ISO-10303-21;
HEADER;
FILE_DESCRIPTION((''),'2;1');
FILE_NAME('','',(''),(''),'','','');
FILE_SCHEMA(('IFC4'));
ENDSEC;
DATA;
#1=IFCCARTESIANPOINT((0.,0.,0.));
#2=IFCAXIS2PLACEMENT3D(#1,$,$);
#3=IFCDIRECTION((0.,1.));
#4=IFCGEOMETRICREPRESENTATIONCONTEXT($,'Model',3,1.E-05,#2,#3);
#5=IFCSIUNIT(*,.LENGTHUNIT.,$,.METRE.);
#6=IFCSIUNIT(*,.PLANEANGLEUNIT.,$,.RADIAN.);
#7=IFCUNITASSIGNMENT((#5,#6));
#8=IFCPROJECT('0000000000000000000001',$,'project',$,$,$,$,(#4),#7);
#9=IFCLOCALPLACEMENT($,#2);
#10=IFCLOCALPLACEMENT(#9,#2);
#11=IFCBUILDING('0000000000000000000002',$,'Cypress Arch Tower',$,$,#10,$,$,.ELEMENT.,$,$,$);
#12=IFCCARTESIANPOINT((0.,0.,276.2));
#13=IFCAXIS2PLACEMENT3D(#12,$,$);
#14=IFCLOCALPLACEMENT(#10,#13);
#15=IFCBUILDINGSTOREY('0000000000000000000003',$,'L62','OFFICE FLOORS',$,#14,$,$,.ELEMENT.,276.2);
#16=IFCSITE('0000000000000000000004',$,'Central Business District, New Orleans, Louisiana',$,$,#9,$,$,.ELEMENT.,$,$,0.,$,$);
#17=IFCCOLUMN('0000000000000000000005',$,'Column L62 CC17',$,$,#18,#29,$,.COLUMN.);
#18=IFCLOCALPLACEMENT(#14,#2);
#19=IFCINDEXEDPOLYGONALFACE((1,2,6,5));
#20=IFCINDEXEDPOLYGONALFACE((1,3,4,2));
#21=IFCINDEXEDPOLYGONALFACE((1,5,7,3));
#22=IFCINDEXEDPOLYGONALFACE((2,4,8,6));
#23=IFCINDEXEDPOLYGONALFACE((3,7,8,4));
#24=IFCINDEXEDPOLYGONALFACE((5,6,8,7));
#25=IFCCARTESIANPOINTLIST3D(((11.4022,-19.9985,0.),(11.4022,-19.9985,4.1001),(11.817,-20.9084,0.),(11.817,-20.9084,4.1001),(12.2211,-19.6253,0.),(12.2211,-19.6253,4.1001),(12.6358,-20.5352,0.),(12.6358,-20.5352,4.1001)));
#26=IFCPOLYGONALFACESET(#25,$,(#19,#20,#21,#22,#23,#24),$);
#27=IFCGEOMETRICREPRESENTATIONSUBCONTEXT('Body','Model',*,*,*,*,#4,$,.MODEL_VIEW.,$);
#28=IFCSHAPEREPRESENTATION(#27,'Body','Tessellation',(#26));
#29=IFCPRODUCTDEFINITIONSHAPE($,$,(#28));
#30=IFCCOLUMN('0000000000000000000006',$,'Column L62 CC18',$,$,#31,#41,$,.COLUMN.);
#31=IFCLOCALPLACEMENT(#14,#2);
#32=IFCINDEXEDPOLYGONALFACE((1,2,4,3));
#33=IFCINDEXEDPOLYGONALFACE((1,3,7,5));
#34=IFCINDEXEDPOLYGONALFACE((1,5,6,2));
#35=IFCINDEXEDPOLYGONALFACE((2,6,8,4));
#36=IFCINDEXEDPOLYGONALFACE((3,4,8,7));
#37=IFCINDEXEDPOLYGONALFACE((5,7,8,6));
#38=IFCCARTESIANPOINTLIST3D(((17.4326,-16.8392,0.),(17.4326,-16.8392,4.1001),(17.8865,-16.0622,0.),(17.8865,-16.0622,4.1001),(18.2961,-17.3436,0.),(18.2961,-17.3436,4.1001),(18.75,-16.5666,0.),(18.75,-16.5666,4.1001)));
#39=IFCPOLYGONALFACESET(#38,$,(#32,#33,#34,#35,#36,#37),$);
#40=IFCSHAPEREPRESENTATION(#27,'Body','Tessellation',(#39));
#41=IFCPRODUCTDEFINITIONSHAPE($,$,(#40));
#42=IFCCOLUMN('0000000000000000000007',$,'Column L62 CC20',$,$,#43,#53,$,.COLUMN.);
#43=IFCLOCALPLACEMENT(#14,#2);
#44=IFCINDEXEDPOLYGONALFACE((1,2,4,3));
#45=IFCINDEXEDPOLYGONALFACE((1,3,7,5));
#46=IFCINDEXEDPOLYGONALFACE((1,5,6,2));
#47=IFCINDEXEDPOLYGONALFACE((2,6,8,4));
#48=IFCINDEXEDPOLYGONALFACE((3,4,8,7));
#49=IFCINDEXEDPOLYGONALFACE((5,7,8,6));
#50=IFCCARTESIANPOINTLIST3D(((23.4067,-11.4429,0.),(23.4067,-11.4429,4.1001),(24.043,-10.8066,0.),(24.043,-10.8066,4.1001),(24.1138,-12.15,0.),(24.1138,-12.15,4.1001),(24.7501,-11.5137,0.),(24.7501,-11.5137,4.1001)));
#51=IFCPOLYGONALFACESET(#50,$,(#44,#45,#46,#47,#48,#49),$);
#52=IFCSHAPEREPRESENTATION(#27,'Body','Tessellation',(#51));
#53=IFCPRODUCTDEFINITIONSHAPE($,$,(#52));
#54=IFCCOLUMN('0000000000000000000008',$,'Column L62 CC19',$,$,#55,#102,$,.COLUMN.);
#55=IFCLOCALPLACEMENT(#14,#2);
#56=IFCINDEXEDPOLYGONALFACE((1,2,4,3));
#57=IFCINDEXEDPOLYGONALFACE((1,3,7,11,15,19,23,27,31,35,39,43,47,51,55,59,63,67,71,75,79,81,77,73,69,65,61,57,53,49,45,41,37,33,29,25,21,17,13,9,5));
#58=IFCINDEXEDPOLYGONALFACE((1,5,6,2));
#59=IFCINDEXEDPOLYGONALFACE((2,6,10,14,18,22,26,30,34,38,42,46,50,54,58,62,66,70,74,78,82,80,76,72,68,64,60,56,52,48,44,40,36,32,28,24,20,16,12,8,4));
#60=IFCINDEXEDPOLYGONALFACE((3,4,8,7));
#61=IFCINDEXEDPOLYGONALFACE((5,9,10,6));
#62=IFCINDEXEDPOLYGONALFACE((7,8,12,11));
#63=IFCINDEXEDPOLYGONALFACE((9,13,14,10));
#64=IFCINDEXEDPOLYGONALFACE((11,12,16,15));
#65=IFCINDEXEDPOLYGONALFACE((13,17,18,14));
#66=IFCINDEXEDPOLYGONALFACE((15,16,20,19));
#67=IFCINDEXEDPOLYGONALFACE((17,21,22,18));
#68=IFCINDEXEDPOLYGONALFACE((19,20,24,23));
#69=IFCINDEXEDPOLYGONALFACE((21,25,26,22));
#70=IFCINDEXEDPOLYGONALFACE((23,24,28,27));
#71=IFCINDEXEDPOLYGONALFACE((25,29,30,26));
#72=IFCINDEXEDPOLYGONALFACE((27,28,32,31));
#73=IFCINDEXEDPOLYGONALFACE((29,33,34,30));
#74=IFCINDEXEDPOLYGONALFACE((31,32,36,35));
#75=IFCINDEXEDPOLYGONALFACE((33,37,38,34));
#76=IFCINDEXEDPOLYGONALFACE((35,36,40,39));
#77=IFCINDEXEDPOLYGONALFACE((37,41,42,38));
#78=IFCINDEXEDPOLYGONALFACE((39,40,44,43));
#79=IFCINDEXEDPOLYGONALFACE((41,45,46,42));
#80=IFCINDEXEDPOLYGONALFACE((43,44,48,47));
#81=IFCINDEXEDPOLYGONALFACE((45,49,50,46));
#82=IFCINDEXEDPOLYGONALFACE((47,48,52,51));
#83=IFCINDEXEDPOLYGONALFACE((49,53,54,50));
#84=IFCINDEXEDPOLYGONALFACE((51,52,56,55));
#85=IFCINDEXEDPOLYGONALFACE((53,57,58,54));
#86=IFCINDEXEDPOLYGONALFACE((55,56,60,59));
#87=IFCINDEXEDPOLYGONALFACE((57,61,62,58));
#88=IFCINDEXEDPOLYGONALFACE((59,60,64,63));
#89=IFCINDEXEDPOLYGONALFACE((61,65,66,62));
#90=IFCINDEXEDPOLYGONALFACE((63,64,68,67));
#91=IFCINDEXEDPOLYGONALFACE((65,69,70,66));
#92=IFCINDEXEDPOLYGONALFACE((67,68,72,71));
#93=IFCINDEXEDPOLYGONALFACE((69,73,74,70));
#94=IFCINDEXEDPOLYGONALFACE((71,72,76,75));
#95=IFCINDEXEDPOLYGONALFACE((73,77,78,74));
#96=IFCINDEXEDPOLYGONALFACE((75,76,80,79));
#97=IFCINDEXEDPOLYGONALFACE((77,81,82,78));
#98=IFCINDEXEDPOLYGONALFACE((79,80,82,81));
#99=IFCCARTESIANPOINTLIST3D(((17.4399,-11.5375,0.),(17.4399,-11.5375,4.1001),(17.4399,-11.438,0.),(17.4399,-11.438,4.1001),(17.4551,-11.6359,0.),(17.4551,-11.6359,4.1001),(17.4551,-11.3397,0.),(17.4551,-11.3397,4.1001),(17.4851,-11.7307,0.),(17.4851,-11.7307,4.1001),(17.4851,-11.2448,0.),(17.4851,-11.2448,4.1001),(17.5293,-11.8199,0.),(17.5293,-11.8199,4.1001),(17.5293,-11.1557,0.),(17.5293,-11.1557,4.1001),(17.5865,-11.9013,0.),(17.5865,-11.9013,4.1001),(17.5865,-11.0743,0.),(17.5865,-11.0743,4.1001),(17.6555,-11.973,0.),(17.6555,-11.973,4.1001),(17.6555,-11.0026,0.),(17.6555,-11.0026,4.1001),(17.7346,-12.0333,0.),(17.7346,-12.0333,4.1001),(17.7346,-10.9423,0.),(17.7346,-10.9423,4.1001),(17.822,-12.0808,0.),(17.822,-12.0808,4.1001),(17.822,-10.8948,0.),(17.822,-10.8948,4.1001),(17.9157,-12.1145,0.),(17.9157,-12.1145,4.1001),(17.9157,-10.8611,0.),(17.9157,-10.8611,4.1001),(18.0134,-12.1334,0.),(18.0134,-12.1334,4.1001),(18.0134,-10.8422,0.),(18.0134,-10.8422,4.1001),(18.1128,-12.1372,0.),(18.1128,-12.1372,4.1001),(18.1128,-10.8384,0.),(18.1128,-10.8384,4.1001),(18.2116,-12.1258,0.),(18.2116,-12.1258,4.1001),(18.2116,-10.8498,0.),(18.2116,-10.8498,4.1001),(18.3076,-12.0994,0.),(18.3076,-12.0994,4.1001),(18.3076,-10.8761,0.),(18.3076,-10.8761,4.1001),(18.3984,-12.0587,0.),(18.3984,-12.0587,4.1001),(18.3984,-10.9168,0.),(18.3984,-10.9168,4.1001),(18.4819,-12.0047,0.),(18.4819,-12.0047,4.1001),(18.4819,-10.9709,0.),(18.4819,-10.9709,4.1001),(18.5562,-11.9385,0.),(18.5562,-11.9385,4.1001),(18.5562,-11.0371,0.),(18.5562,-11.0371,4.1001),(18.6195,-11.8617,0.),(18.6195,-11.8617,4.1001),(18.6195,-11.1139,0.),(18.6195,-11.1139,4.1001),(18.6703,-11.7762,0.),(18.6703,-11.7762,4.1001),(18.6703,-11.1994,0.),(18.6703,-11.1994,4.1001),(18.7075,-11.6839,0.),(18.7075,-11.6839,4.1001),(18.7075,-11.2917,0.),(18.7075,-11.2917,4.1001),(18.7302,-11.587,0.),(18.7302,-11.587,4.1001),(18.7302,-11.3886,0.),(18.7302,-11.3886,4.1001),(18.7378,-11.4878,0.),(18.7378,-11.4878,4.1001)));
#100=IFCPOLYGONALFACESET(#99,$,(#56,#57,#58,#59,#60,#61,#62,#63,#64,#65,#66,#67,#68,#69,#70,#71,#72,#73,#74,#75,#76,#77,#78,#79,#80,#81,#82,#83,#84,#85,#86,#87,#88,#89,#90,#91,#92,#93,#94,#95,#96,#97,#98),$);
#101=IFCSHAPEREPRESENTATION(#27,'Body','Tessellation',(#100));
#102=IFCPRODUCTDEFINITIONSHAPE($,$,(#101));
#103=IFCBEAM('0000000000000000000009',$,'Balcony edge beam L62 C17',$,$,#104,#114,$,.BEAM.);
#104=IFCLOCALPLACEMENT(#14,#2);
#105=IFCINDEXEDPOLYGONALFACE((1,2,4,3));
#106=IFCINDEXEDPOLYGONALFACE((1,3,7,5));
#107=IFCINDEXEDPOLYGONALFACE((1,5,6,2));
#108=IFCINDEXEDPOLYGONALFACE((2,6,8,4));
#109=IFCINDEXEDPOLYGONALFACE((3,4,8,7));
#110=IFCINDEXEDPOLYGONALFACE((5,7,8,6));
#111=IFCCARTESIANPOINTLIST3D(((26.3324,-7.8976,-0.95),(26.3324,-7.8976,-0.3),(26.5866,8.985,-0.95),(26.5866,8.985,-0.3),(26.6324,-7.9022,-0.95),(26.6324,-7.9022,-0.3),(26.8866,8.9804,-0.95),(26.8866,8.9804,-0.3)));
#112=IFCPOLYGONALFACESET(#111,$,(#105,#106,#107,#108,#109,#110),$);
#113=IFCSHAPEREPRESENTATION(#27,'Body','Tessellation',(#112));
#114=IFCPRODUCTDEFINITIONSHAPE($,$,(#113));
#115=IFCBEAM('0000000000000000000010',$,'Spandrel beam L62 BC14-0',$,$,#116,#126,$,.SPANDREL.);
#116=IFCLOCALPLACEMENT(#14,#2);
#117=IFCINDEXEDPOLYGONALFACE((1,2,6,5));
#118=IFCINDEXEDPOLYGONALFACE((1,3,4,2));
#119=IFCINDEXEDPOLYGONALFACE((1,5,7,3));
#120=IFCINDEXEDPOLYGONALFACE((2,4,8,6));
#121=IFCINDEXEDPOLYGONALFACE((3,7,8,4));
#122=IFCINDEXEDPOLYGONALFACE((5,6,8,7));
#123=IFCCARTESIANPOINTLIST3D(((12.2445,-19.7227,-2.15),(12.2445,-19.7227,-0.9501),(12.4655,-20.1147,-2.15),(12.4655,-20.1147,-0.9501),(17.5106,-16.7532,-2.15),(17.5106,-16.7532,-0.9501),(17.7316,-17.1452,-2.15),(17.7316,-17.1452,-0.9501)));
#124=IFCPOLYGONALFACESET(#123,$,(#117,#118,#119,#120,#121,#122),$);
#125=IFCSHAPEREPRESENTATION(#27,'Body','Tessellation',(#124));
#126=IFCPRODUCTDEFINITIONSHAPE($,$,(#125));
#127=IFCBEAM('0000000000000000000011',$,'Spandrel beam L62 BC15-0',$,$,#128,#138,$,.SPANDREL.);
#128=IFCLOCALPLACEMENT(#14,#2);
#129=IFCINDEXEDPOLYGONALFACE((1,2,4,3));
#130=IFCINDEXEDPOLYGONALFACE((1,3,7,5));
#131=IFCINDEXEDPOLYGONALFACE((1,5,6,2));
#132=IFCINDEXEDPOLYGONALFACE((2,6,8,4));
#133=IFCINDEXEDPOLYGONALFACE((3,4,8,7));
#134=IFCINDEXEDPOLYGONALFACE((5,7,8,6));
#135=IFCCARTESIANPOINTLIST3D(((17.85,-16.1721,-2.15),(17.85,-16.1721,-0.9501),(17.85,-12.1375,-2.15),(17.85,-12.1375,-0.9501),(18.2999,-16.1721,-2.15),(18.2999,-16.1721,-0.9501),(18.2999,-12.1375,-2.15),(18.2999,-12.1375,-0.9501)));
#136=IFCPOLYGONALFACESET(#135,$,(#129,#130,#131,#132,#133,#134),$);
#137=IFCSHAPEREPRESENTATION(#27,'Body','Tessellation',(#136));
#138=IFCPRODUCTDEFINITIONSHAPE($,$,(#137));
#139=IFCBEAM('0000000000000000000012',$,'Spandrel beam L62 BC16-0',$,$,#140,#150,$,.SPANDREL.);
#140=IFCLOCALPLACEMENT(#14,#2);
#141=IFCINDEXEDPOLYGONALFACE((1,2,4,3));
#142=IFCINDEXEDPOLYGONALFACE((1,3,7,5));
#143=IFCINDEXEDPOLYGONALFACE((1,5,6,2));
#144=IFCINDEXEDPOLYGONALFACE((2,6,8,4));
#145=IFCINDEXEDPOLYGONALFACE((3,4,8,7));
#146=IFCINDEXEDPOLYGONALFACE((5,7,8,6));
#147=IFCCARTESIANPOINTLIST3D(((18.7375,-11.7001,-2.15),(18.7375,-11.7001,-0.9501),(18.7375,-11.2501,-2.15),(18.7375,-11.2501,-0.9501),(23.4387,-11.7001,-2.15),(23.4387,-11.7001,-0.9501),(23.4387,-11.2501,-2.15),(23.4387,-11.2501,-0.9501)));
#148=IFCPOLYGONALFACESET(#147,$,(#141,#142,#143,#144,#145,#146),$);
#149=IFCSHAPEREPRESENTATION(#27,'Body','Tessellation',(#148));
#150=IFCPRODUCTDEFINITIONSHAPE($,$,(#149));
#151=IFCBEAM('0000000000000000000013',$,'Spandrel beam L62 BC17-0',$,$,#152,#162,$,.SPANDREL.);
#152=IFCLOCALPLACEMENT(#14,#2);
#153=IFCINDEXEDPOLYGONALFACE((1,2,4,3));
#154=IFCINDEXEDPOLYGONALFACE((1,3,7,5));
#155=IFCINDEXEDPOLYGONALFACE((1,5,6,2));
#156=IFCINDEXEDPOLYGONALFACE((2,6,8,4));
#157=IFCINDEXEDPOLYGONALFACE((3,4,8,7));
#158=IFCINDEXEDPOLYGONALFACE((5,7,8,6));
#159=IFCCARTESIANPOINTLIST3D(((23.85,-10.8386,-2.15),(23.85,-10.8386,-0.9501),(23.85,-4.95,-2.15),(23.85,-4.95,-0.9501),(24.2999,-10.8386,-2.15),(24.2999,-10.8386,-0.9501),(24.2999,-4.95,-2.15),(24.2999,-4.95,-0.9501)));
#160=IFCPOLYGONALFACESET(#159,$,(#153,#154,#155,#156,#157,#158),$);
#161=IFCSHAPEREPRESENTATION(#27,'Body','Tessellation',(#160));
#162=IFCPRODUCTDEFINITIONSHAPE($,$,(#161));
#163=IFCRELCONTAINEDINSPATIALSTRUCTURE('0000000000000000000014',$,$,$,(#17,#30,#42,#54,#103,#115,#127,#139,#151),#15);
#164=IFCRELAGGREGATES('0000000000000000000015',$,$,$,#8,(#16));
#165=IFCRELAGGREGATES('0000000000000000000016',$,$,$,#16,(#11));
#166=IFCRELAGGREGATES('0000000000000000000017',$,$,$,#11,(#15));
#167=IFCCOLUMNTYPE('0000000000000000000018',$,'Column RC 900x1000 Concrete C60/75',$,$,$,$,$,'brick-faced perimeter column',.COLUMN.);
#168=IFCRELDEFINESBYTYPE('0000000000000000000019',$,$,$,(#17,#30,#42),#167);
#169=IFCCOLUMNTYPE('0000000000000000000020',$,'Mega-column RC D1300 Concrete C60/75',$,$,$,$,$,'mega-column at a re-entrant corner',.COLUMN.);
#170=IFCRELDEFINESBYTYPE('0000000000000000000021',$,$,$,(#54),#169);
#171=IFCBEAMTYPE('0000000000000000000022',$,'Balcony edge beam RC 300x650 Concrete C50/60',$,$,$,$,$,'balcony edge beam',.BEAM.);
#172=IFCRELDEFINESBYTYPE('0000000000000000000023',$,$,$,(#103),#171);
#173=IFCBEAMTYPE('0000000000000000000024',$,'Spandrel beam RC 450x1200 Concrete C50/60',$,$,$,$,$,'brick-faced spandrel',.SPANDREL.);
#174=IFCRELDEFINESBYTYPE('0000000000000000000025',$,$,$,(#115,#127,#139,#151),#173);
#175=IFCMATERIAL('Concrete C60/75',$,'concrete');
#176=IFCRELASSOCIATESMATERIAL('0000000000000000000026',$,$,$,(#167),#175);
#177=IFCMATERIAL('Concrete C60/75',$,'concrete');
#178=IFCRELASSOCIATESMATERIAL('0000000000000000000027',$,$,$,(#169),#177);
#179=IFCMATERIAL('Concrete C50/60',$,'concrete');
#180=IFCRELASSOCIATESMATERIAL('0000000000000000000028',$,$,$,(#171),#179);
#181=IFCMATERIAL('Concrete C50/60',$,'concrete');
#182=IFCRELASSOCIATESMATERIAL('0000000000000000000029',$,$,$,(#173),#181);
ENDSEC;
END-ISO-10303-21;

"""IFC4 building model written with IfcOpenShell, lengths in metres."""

from ifc_helpers import new_model, si_unit, direction, frame, origin, origin_2d, place, context, subcontext, project, spatial, rectangle, circle, extrude, material, material_profile, profile_set, type_object, element, save


model = new_model("IFC4")

# Units and contexts
model_context = context("Model", 3, precision=1e-05, world=origin(), true_north=direction((0.0, 1.0)))
body_context = subcontext(model_context, "Body", "Model", "MODEL_VIEW")
ifc_project = project(units=[si_unit("LENGTHUNIT", "METRE"), si_unit("PLANEANGLEUNIT", "RADIAN")], contexts=[model_context])

# Site, building, storey
site_placement = place(None, origin())
site = spatial("IfcSite", under=ifc_project, at=site_placement, Name="Central Business District, New Orleans, Louisiana", CompositionType="ELEMENT", RefElevation=0.0)
building_placement = place(site_placement, origin())
building = spatial("IfcBuilding", under=site, at=building_placement, Name="Cypress Arch Tower", CompositionType="ELEMENT")
storey_placement = place(building_placement, frame((0.0, 0.0, 276.2)))
storey = spatial("IfcBuildingStorey", under=building, at=storey_placement, Name="L62", Description="OFFICE FLOORS", CompositionType="ELEMENT", Elevation=276.2)

# Columns
ifc_material_1 = material(Name="Concrete C60/75", Category="concrete")
ifc_material_profile_1 = material_profile(ifc_material_1, rectangle(XDim=0.8999, YDim=1.0, at=origin_2d()), Name="RC 900x1000")
ifc_profile_set_1 = profile_set([ifc_material_profile_1], Name="Concrete C60/75")
column_type_1 = type_object("IfcColumnType", Name="Column RC 900x1000 Concrete C60/75", ElementType="brick-faced perimeter column", PredefinedType="COLUMN", material=ifc_profile_set_1)
for number, where, z_axis, x_axis, name in (
    (1, (12.019, -20.2668, 0.0), (0.0, 0.0, 1.0), (0.909932, 0.414757, 0.0), "Column L62 CC17"),
    (2, (18.0913, -16.7029, 0.0), (0.0, 0.0, 1.0), (0.504399, 0.863471, 0.0), "Column L62 CC18"),
    (3, (24.0784, -11.4783, 0.0), (0.0, 0.0, 1.0), (0.707107, 0.707107, 0.0), "Column L62 CC20"),
):
    element("IfcColumn", number, at=place(storey_placement, frame(where, z_axis=z_axis, x_axis=x_axis)), inside=storey, type_object=column_type_1, Name=name, PredefinedType="COLUMN", context=body_context, shape_type="SweptSolid", body=[
        extrude(rectangle(XDim=0.8999, YDim=1.0, at=origin_2d()), origin(), (0.0, 0.0, 1.0), 4.1001),
    ])
ifc_material_2 = material(Name="Concrete C60/75", Category="concrete")
ifc_material_profile_2 = material_profile(ifc_material_2, circle(Radius=0.6499, at=origin_2d()), Name="RC D1300")
ifc_profile_set_2 = profile_set([ifc_material_profile_2], Name="Concrete C60/75")
column_type_2 = type_object("IfcColumnType", Name="Mega-column RC D1300 Concrete C60/75", ElementType="mega-column at a re-entrant corner", PredefinedType="COLUMN", material=ifc_profile_set_2)
column_placement = place(storey_placement, frame((18.0879, -11.4878, 0.0), z_axis=(0.0, 0.0, 1.0), x_axis=(1.0, 0.0, 0.0)))
element("IfcColumn", 4, at=column_placement, inside=storey, type_object=column_type_2, Name="Column L62 CC19", PredefinedType="COLUMN", context=body_context, shape_type="SweptSolid", body=[
    extrude(circle(Radius=0.6499, at=origin_2d()), origin(), (0.0, 0.0, 1.0), 4.1001),
])

# Beams
ifc_material_3 = material(Name="Concrete C50/60", Category="concrete")
ifc_material_profile_3 = material_profile(ifc_material_3, rectangle(XDim=0.3, YDim=0.6499, at=origin_2d()), Name="RC 300x650")
ifc_profile_set_3 = profile_set([ifc_material_profile_3], Name="Concrete C50/60")
beam_type_1 = type_object("IfcBeamType", Name="Balcony edge beam RC 300x650 Concrete C50/60", ElementType="balcony edge beam", PredefinedType="BEAM", material=ifc_profile_set_3)
beam_1_placement = place(storey_placement, frame((26.4824, -7.8999, -0.625), z_axis=(0.015052, 0.999887, 0.0), x_axis=(-0.999887, 0.015052, 0.0)))
element("IfcBeam", 5, at=beam_1_placement, inside=storey, type_object=beam_type_1, Name="Balcony edge beam L62 C17", PredefinedType="BEAM", context=body_context, shape_type="SweptSolid", body=[
    extrude(rectangle(XDim=0.3, YDim=0.6499, at=origin_2d()), origin(), (0.0, 0.0, 1.0), 16.8845),
])
ifc_material_4 = material(Name="Concrete C50/60", Category="concrete")
ifc_material_profile_4 = material_profile(ifc_material_4, rectangle(XDim=0.45, YDim=1.2, at=origin_2d()), Name="RC 450x1200")
ifc_profile_set_4 = profile_set([ifc_material_profile_4], Name="Concrete C50/60")
beam_type_2 = type_object("IfcBeamType", Name="Spandrel beam RC 450x1200 Concrete C50/60", ElementType="brick-faced spandrel", PredefinedType="SPANDREL", material=ifc_profile_set_4)
beam_2_placement = place(storey_placement, frame((12.355, -19.9187, -1.55), z_axis=(0.87106, 0.491177, 0.0), x_axis=(-0.491177, 0.87106, 0.0)))
element("IfcBeam", 6, at=beam_2_placement, inside=storey, type_object=beam_type_2, Name="Spandrel beam L62 BC14-0", PredefinedType="SPANDREL", context=body_context, shape_type="SweptSolid", body=[
    extrude(rectangle(XDim=0.45, YDim=1.2, at=origin_2d()), origin(), (0.0, 0.0, 1.0), 6.0457),
])
beam_3_placement = place(storey_placement, frame((18.075, -16.1721, -1.55), z_axis=(0.0, 1.0, 0.0), x_axis=(-1.0, 0.0, 0.0)))
element("IfcBeam", 7, at=beam_3_placement, inside=storey, type_object=beam_type_2, Name="Spandrel beam L62 BC15-0", PredefinedType="SPANDREL", context=body_context, shape_type="SweptSolid", body=[
    extrude(rectangle(XDim=0.45, YDim=1.2, at=origin_2d()), origin(), (0.0, 0.0, 1.0), 4.0347),
])
beam_4_placement = place(storey_placement, frame((18.7375, -11.4751, -1.55), z_axis=(1.0, 0.0, 0.0), x_axis=(0.0, 1.0, 0.0)))
element("IfcBeam", 8, at=beam_4_placement, inside=storey, type_object=beam_type_2, Name="Spandrel beam L62 BC16-0", PredefinedType="SPANDREL", context=body_context, shape_type="SweptSolid", body=[
    extrude(rectangle(XDim=0.45, YDim=1.2, at=origin_2d()), origin(), (0.0, 0.0, 1.0), 4.7012),
])
beam_5_placement = place(storey_placement, frame((24.075, -10.8386, -1.55), z_axis=(0.0, 1.0, 0.0), x_axis=(-1.0, 0.0, 0.0)))
element("IfcBeam", 9, at=beam_5_placement, inside=storey, type_object=beam_type_2, Name="Spandrel beam L62 BC17-0", PredefinedType="SPANDREL", context=body_context, shape_type="SweptSolid", body=[
    extrude(rectangle(XDim=0.45, YDim=1.2, at=origin_2d()), origin(), (0.0, 0.0, 1.0), 5.8887),
])

save(model, "model.ifc")
